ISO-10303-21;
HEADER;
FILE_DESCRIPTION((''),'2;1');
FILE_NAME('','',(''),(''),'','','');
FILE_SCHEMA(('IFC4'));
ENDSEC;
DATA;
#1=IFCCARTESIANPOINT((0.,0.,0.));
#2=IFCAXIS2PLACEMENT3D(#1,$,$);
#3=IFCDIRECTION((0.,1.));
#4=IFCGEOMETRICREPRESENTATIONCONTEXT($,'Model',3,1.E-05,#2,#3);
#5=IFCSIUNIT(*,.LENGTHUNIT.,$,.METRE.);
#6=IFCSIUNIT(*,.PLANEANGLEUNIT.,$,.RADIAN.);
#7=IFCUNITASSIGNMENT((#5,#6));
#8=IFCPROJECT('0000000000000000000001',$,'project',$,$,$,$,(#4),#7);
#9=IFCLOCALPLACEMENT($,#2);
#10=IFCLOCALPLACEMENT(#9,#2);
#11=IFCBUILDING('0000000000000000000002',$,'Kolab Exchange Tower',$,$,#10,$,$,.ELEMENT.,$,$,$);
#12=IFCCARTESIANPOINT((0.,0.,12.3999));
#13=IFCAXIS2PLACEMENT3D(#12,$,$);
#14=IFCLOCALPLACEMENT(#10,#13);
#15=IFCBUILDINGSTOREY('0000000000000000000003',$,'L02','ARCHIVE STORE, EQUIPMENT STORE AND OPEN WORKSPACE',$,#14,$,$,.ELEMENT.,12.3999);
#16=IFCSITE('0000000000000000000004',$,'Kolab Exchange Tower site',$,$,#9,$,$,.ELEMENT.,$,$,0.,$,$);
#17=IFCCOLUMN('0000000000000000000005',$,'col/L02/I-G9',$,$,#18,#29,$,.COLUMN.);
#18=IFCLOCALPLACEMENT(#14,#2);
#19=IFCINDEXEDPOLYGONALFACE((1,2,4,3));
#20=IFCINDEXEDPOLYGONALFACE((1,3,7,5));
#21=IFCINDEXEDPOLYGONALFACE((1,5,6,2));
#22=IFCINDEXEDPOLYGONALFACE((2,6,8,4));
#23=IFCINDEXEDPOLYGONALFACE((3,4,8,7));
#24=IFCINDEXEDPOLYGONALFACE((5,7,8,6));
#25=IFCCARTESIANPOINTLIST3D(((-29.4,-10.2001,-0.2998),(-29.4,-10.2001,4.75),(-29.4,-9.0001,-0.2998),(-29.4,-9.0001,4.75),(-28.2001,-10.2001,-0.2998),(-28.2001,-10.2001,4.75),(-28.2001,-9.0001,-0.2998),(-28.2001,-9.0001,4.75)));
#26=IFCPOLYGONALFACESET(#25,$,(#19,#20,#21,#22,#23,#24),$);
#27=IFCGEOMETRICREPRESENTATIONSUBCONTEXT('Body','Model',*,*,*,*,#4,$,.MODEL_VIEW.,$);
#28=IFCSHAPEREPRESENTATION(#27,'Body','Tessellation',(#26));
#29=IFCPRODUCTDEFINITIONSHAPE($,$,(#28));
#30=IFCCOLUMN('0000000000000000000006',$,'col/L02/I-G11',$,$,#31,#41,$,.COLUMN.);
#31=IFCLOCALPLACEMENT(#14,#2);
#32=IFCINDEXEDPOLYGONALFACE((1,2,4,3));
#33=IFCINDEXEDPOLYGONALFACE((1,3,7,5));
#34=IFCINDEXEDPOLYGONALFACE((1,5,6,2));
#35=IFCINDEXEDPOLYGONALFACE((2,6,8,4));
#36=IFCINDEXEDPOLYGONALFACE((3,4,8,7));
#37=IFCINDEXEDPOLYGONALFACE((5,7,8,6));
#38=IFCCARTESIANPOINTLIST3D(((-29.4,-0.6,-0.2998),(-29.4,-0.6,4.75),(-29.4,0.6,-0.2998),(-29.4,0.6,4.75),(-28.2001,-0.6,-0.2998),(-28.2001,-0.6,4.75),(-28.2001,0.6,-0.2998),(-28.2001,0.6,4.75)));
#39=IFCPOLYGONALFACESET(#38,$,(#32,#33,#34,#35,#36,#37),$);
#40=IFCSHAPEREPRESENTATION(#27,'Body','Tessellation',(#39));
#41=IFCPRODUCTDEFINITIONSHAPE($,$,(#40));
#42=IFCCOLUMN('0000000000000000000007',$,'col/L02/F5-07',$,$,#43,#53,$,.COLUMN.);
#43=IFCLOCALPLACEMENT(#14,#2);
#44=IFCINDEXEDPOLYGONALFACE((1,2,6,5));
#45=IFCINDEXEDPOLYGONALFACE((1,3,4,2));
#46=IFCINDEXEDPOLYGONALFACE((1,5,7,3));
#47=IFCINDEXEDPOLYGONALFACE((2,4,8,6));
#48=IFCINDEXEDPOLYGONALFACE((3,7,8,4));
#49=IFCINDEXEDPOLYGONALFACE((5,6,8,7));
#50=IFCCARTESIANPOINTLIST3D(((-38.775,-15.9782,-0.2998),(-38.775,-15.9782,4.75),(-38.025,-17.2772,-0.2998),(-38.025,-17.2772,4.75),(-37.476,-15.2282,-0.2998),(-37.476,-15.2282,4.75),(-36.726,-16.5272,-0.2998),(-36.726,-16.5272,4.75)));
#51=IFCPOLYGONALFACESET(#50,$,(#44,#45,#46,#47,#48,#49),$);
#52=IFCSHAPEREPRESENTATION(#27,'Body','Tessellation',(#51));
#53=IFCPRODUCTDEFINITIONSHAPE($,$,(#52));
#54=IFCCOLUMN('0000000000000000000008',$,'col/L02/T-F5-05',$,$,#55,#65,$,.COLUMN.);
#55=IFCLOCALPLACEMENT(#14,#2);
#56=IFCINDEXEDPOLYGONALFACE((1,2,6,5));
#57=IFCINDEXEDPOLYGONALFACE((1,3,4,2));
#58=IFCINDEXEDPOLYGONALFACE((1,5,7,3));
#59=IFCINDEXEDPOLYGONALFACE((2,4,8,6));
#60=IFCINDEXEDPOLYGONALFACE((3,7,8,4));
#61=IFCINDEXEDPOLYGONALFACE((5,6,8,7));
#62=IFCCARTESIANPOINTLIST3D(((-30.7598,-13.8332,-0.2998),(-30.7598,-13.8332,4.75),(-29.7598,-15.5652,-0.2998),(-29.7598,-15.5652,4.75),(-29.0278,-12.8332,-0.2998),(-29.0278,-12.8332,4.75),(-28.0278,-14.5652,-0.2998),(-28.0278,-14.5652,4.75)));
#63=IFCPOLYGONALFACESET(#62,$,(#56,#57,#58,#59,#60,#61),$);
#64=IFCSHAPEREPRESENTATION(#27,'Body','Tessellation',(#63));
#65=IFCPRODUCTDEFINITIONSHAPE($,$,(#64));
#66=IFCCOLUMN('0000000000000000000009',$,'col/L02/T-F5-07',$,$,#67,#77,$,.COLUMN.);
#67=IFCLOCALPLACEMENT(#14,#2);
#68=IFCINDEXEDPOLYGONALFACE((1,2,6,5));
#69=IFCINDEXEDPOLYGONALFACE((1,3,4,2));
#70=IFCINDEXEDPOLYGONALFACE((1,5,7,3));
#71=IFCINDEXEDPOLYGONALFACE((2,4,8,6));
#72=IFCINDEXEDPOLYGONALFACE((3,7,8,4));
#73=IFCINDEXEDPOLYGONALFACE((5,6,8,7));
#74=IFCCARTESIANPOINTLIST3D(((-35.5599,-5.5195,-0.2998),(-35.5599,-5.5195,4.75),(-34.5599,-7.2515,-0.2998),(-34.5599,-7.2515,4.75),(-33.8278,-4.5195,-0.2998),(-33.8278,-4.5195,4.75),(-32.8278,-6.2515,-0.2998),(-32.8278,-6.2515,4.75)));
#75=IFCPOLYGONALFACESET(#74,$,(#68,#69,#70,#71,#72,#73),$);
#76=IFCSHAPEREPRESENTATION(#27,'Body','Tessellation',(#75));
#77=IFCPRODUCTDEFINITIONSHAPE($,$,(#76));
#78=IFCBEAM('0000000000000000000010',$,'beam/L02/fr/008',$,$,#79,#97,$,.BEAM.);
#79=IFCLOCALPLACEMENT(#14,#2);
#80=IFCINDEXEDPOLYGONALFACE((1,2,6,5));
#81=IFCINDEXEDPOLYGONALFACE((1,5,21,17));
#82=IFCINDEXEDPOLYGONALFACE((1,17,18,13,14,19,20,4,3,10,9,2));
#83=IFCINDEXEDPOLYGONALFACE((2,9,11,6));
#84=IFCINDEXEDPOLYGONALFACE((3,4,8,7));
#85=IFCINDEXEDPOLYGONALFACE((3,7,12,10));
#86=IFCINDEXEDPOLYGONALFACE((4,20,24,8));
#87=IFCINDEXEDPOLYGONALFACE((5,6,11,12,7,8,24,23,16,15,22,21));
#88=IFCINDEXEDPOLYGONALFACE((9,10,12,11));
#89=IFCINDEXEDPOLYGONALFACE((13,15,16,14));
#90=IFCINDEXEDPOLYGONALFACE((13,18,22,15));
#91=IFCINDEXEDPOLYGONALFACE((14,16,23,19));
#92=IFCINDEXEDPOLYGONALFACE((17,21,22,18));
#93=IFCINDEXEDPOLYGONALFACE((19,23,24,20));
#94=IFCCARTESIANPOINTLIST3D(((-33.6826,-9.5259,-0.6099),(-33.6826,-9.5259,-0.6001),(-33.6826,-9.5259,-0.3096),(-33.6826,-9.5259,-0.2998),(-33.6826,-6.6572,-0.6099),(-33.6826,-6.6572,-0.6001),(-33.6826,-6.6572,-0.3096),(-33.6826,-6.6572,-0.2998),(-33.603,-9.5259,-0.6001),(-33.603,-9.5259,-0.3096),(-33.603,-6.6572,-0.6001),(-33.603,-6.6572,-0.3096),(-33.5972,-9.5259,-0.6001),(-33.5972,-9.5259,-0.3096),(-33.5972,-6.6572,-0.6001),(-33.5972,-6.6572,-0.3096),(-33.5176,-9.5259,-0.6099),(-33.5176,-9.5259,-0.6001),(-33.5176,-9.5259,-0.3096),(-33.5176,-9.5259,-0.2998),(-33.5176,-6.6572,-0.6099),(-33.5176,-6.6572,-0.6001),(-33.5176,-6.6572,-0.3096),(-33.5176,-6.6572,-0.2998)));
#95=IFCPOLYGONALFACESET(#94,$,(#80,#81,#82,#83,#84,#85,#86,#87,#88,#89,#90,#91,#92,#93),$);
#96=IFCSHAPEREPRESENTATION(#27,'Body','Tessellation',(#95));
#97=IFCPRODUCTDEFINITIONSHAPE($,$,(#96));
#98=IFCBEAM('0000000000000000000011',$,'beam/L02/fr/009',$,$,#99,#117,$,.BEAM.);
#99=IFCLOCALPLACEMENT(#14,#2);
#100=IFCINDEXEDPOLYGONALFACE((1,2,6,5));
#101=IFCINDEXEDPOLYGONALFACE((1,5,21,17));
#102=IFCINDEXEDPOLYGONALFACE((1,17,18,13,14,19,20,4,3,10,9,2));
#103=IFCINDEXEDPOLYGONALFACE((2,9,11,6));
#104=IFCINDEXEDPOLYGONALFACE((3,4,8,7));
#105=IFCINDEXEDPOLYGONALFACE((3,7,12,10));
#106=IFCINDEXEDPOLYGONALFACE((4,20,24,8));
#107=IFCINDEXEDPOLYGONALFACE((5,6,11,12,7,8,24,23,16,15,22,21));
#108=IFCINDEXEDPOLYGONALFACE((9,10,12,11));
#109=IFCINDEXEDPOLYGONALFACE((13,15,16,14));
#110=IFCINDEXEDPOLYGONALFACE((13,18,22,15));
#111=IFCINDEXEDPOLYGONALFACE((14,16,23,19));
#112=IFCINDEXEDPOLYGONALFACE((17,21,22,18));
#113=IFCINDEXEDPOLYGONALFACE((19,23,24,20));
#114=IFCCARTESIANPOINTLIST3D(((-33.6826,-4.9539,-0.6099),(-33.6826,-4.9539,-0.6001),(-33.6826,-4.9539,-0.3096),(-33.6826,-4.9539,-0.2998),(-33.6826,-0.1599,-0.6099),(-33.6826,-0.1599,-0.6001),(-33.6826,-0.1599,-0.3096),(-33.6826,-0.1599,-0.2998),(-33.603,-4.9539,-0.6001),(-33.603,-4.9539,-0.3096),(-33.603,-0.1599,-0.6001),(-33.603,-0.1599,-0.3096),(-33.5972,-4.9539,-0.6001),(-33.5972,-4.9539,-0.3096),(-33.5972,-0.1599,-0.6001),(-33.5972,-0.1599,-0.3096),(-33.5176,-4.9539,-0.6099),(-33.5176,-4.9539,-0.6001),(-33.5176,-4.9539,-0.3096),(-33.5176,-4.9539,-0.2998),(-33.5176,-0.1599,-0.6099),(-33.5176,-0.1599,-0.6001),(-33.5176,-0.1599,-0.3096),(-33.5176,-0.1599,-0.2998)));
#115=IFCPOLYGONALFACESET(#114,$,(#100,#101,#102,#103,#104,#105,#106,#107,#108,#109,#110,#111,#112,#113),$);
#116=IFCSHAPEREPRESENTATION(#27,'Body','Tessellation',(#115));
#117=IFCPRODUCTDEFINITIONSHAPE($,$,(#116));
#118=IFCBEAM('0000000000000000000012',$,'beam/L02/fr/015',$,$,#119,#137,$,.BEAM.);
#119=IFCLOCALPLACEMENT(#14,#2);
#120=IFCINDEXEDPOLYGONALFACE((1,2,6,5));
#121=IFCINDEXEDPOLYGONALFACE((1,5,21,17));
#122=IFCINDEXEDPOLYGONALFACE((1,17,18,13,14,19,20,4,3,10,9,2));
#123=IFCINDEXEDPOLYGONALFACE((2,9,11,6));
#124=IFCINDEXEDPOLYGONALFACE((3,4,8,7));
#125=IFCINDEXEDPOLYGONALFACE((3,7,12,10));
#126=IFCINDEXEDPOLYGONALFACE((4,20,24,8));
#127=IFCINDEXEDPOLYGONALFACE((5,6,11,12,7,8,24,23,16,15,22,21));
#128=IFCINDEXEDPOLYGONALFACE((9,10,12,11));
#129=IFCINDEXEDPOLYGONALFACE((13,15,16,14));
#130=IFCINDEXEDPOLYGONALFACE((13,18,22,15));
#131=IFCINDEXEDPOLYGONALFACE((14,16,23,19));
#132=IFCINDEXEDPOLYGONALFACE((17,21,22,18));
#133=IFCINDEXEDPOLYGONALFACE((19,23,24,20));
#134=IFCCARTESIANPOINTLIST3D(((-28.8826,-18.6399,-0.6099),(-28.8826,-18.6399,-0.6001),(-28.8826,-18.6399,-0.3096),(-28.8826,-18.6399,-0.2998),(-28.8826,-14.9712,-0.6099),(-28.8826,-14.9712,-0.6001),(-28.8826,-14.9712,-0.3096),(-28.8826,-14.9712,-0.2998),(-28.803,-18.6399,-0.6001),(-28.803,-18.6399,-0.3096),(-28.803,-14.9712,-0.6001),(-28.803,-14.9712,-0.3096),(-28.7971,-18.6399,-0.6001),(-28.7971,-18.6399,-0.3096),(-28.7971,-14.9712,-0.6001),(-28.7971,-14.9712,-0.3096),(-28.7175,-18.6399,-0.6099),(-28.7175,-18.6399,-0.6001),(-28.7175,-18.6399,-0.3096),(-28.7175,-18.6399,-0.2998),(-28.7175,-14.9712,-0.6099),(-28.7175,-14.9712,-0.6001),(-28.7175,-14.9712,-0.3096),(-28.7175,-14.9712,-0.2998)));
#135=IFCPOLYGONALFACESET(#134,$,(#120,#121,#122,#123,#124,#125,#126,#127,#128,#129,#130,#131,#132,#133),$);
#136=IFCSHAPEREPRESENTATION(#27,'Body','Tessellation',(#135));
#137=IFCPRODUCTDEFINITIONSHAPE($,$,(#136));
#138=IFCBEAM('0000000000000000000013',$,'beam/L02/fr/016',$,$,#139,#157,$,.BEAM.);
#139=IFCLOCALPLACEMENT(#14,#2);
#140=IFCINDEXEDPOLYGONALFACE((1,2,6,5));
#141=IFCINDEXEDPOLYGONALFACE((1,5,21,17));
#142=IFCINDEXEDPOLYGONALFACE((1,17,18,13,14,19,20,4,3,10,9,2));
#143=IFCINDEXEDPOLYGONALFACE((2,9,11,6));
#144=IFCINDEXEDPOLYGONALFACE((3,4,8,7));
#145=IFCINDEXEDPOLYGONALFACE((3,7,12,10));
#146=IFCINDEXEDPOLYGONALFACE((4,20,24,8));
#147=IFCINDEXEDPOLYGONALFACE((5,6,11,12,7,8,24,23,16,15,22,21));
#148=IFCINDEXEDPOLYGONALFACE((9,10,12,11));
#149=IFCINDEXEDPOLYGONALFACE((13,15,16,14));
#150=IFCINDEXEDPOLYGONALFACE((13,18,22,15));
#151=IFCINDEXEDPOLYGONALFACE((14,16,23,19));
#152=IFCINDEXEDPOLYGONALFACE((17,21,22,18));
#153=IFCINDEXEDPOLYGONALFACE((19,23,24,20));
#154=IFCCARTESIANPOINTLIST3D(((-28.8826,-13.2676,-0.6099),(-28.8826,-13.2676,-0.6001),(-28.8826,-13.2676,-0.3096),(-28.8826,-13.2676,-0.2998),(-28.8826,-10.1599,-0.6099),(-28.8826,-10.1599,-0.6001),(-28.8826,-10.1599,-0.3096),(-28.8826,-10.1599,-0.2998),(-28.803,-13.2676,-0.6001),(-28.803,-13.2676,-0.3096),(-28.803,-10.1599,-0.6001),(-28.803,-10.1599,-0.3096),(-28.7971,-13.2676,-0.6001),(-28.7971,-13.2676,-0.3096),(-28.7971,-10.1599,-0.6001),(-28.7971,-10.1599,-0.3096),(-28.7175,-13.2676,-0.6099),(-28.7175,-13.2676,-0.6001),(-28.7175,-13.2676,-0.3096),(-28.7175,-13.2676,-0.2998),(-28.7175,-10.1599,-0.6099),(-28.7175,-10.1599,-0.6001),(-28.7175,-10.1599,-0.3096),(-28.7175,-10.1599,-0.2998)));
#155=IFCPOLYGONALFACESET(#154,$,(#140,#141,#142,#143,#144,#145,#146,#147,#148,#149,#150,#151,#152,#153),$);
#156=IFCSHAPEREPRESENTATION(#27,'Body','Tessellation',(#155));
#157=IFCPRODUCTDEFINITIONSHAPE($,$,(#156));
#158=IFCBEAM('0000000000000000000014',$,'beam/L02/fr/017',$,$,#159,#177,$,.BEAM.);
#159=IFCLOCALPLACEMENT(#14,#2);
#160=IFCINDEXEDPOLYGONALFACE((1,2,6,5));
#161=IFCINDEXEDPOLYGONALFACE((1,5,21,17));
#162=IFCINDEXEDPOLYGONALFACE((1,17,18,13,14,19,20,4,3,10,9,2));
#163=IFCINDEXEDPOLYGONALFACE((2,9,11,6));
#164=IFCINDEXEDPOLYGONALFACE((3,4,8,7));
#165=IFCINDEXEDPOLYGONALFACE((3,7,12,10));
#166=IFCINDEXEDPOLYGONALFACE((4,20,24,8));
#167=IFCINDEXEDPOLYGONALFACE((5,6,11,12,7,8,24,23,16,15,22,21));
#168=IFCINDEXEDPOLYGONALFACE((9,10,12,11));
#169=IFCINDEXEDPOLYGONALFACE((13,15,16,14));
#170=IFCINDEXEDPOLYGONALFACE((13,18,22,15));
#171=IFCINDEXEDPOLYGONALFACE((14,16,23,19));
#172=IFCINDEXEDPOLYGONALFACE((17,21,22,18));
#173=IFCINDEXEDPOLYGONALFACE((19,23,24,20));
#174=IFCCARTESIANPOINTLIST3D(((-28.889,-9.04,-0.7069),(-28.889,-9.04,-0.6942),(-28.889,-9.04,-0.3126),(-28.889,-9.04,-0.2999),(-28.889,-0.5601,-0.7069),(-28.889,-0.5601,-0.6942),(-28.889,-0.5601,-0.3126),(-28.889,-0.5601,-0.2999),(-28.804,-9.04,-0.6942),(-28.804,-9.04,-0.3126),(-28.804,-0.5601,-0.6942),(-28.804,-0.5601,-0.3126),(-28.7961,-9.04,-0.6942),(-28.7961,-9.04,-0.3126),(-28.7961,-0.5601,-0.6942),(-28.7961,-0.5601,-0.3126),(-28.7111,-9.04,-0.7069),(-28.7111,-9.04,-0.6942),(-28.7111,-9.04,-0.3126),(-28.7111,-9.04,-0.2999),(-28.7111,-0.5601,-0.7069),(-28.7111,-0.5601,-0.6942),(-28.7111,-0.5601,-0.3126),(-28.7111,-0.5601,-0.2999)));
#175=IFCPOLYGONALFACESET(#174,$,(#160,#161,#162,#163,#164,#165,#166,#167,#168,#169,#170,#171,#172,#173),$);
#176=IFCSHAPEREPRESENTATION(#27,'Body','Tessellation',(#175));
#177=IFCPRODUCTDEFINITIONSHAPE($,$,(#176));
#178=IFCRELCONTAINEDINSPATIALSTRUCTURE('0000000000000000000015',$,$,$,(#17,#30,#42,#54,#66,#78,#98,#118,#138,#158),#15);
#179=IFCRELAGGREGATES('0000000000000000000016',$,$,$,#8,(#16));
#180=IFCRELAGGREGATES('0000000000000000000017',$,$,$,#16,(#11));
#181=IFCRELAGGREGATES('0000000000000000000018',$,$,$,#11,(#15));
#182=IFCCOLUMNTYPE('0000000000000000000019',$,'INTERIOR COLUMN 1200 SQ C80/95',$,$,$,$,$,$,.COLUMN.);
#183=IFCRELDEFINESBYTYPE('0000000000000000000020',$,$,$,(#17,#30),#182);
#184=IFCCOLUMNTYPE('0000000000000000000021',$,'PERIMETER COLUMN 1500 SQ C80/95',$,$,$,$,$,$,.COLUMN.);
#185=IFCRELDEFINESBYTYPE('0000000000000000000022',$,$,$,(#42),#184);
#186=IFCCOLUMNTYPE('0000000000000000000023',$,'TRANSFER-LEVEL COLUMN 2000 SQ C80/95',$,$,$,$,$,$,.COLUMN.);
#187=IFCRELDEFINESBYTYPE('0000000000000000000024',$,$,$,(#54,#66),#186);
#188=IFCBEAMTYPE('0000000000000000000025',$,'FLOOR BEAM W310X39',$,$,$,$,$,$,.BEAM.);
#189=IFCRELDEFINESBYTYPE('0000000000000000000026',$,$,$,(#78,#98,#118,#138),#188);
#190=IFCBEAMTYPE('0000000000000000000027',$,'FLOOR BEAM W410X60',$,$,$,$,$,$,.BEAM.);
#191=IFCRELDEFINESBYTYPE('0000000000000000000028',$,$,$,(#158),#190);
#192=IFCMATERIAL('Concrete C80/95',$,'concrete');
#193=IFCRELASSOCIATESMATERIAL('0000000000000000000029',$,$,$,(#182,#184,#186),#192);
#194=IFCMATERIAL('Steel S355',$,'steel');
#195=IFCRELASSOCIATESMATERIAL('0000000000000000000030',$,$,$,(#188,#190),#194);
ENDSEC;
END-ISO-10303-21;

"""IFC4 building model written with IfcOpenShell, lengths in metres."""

from ifc_helpers import new_model, si_unit, direction, frame, origin, origin_2d, place, context, subcontext, project, spatial, rectangle, i_section, extrude, material, material_profile, profile_set, type_object, element, save


model = new_model("IFC4")

# Units and contexts
model_context = context("Model", 3, precision=1e-05, world=origin(), true_north=direction((0.0, 1.0)))
body_context = subcontext(model_context, "Body", "Model", "MODEL_VIEW")
ifc_project = project(units=[si_unit("LENGTHUNIT", "METRE"), si_unit("PLANEANGLEUNIT", "RADIAN")], contexts=[model_context])

# Site, building, storey
site_placement = place(None, origin())
site = spatial("IfcSite", under=ifc_project, at=site_placement, Name="Kolab Exchange Tower site", CompositionType="ELEMENT", RefElevation=0.0)
building_placement = place(site_placement, origin())
building = spatial("IfcBuilding", under=site, at=building_placement, Name="Kolab Exchange Tower", CompositionType="ELEMENT")
storey_placement = place(building_placement, frame((0.0, 0.0, 12.3999)))
storey = spatial("IfcBuildingStorey", under=building, at=storey_placement, Name="L02", Description="ARCHIVE STORE, EQUIPMENT STORE AND OPEN WORKSPACE", CompositionType="ELEMENT", Elevation=12.3999)

# Columns
ifc_material_1 = material(Name="Concrete C80/95", Category="concrete")
ifc_material_profile_1 = material_profile(ifc_material_1, rectangle(XDim=1.2, YDim=1.2, at=origin_2d()), Name="RC1200")
ifc_profile_set_1 = profile_set([ifc_material_profile_1], Name="Concrete C80/95")
column_type_1 = type_object("IfcColumnType", Name="INTERIOR COLUMN 1200 SQ C80/95", PredefinedType="COLUMN", material=ifc_profile_set_1)
for number, where, z_axis, x_axis, name in (
    (1, (-28.8, -9.6001, -0.2998), (0.0, 0.0, 1.0), (1.0, 0.0, 0.0), "col/L02/I-G9"),
    (2, (-28.8, 0.0, -0.2998), (0.0, 0.0, 1.0), (1.0, 0.0, 0.0), "col/L02/I-G11"),
):
    element("IfcColumn", number, at=place(storey_placement, frame(where, z_axis=z_axis, x_axis=x_axis)), inside=storey, type_object=column_type_1, Name=name, PredefinedType="COLUMN", context=body_context, shape_type="SweptSolid", body=[
        extrude(rectangle(XDim=1.2, YDim=1.2, at=origin_2d()), origin(), (0.0, 0.0, 1.0), 5.0498),
    ])
ifc_material_profile_2 = material_profile(ifc_material_1, rectangle(XDim=1.5, YDim=1.5, at=origin_2d()), Name="RC1500")
ifc_profile_set_2 = profile_set([ifc_material_profile_2], Name="Concrete C80/95")
column_type_2 = type_object("IfcColumnType", Name="PERIMETER COLUMN 1500 SQ C80/95", PredefinedType="COLUMN", material=ifc_profile_set_2)
column_placement = place(storey_placement, frame((-37.7505, -16.2527, -0.2998), z_axis=(0.0, 0.0, 1.0), x_axis=(0.866025, 0.5, 0.0)))
element("IfcColumn", 3, at=column_placement, inside=storey, type_object=column_type_2, Name="col/L02/F5-07", PredefinedType="COLUMN", context=body_context, shape_type="SweptSolid", body=[
    extrude(rectangle(XDim=1.5, YDim=1.5, at=origin_2d()), origin(), (0.0, 0.0, 1.0), 5.0498),
])
ifc_material_profile_3 = material_profile(ifc_material_1, rectangle(XDim=2.0, YDim=2.0, at=origin_2d()), Name="RC2000")
ifc_profile_set_3 = profile_set([ifc_material_profile_3], Name="Concrete C80/95")
column_type_3 = type_object("IfcColumnType", Name="TRANSFER-LEVEL COLUMN 2000 SQ C80/95", PredefinedType="COLUMN", material=ifc_profile_set_3)
for number, where, z_axis, x_axis, name in (
    (4, (-29.3938, -14.1992, -0.2998), (0.0, 0.0, 1.0), (0.866025, 0.5, 0.0), "col/L02/T-F5-05"),
    (5, (-34.1938, -5.8855, -0.2998), (0.0, 0.0, 1.0), (0.866025, 0.5, 0.0), "col/L02/T-F5-07"),
):
    element("IfcColumn", number, at=place(storey_placement, frame(where, z_axis=z_axis, x_axis=x_axis)), inside=storey, type_object=column_type_3, Name=name, PredefinedType="COLUMN", context=body_context, shape_type="SweptSolid", body=[
        extrude(rectangle(XDim=2.0, YDim=2.0, at=origin_2d()), origin(), (0.0, 0.0, 1.0), 5.0498),
    ])

# Beams
ifc_material_2 = material(Name="Steel S355", Category="steel")
ifc_material_profile_4 = material_profile(ifc_material_2, i_section(OverallWidth=0.165, OverallDepth=0.3101, WebThickness=0.0059, FlangeThickness=0.0098, at=origin_2d()), Name="W310X39")
ifc_profile_set_4 = profile_set([ifc_material_profile_4], Name="Steel S355")
beam_type_1 = type_object("IfcBeamType", Name="FLOOR BEAM W310X39", PredefinedType="BEAM", material=ifc_profile_set_4)
beam_1_placement = place(storey_placement, frame((-33.6001, -9.5259, -0.4548), z_axis=(0.0, 1.0, 0.0), x_axis=(-1.0, 0.0, 0.0)))
element("IfcBeam", 6, at=beam_1_placement, inside=storey, type_object=beam_type_1, Name="beam/L02/fr/008", PredefinedType="BEAM", context=body_context, shape_type="SweptSolid", body=[
    extrude(i_section(OverallWidth=0.165, OverallDepth=0.3101, WebThickness=0.0059, FlangeThickness=0.0098, at=origin_2d()), origin(), (0.0, 0.0, 1.0), 2.8687),
])
beam_2_placement = place(storey_placement, frame((-33.6001, -4.9539, -0.4548), z_axis=(0.0, 1.0, 0.0), x_axis=(-1.0, 0.0, 0.0)))
element("IfcBeam", 7, at=beam_2_placement, inside=storey, type_object=beam_type_1, Name="beam/L02/fr/009", PredefinedType="BEAM", context=body_context, shape_type="SweptSolid", body=[
    extrude(i_section(OverallWidth=0.165, OverallDepth=0.3101, WebThickness=0.0059, FlangeThickness=0.0098, at=origin_2d()), origin(), (0.0, 0.0, 1.0), 4.7939),
])
beam_3_placement = place(storey_placement, frame((-28.8, -18.6399, -0.4548), z_axis=(0.0, 1.0, 0.0), x_axis=(-1.0, 0.0, 0.0)))
element("IfcBeam", 8, at=beam_3_placement, inside=storey, type_object=beam_type_1, Name="beam/L02/fr/015", PredefinedType="BEAM", context=body_context, shape_type="SweptSolid", body=[
    extrude(i_section(OverallWidth=0.165, OverallDepth=0.3101, WebThickness=0.0059, FlangeThickness=0.0098, at=origin_2d()), origin(), (0.0, 0.0, 1.0), 3.6687),
])
beam_4_placement = place(storey_placement, frame((-28.8, -13.2676, -0.4548), z_axis=(0.0, 1.0, 0.0), x_axis=(-1.0, 0.0, 0.0)))
element("IfcBeam", 9, at=beam_4_placement, inside=storey, type_object=beam_type_1, Name="beam/L02/fr/016", PredefinedType="BEAM", context=body_context, shape_type="SweptSolid", body=[
    extrude(i_section(OverallWidth=0.165, OverallDepth=0.3101, WebThickness=0.0059, FlangeThickness=0.0098, at=origin_2d()), origin(), (0.0, 0.0, 1.0), 3.1077),
])
ifc_material_profile_5 = material_profile(ifc_material_2, i_section(OverallWidth=0.178, OverallDepth=0.407, WebThickness=0.0078, FlangeThickness=0.0127, at=origin_2d()), Name="W410X60")
ifc_profile_set_5 = profile_set([ifc_material_profile_5], Name="Steel S355")
beam_type_2 = type_object("IfcBeamType", Name="FLOOR BEAM W410X60", PredefinedType="BEAM", material=ifc_profile_set_5)
beam_5_placement = place(storey_placement, frame((-28.8, -9.04, -0.5034), z_axis=(0.0, 1.0, 0.0), x_axis=(-1.0, 0.0, 0.0)))
element("IfcBeam", 10, at=beam_5_placement, inside=storey, type_object=beam_type_2, Name="beam/L02/fr/017", PredefinedType="BEAM", context=body_context, shape_type="SweptSolid", body=[
    extrude(i_section(OverallWidth=0.178, OverallDepth=0.407, WebThickness=0.0078, FlangeThickness=0.0127, at=origin_2d()), origin(), (0.0, 0.0, 1.0), 8.48),
])

save(model, "model.ifc")
